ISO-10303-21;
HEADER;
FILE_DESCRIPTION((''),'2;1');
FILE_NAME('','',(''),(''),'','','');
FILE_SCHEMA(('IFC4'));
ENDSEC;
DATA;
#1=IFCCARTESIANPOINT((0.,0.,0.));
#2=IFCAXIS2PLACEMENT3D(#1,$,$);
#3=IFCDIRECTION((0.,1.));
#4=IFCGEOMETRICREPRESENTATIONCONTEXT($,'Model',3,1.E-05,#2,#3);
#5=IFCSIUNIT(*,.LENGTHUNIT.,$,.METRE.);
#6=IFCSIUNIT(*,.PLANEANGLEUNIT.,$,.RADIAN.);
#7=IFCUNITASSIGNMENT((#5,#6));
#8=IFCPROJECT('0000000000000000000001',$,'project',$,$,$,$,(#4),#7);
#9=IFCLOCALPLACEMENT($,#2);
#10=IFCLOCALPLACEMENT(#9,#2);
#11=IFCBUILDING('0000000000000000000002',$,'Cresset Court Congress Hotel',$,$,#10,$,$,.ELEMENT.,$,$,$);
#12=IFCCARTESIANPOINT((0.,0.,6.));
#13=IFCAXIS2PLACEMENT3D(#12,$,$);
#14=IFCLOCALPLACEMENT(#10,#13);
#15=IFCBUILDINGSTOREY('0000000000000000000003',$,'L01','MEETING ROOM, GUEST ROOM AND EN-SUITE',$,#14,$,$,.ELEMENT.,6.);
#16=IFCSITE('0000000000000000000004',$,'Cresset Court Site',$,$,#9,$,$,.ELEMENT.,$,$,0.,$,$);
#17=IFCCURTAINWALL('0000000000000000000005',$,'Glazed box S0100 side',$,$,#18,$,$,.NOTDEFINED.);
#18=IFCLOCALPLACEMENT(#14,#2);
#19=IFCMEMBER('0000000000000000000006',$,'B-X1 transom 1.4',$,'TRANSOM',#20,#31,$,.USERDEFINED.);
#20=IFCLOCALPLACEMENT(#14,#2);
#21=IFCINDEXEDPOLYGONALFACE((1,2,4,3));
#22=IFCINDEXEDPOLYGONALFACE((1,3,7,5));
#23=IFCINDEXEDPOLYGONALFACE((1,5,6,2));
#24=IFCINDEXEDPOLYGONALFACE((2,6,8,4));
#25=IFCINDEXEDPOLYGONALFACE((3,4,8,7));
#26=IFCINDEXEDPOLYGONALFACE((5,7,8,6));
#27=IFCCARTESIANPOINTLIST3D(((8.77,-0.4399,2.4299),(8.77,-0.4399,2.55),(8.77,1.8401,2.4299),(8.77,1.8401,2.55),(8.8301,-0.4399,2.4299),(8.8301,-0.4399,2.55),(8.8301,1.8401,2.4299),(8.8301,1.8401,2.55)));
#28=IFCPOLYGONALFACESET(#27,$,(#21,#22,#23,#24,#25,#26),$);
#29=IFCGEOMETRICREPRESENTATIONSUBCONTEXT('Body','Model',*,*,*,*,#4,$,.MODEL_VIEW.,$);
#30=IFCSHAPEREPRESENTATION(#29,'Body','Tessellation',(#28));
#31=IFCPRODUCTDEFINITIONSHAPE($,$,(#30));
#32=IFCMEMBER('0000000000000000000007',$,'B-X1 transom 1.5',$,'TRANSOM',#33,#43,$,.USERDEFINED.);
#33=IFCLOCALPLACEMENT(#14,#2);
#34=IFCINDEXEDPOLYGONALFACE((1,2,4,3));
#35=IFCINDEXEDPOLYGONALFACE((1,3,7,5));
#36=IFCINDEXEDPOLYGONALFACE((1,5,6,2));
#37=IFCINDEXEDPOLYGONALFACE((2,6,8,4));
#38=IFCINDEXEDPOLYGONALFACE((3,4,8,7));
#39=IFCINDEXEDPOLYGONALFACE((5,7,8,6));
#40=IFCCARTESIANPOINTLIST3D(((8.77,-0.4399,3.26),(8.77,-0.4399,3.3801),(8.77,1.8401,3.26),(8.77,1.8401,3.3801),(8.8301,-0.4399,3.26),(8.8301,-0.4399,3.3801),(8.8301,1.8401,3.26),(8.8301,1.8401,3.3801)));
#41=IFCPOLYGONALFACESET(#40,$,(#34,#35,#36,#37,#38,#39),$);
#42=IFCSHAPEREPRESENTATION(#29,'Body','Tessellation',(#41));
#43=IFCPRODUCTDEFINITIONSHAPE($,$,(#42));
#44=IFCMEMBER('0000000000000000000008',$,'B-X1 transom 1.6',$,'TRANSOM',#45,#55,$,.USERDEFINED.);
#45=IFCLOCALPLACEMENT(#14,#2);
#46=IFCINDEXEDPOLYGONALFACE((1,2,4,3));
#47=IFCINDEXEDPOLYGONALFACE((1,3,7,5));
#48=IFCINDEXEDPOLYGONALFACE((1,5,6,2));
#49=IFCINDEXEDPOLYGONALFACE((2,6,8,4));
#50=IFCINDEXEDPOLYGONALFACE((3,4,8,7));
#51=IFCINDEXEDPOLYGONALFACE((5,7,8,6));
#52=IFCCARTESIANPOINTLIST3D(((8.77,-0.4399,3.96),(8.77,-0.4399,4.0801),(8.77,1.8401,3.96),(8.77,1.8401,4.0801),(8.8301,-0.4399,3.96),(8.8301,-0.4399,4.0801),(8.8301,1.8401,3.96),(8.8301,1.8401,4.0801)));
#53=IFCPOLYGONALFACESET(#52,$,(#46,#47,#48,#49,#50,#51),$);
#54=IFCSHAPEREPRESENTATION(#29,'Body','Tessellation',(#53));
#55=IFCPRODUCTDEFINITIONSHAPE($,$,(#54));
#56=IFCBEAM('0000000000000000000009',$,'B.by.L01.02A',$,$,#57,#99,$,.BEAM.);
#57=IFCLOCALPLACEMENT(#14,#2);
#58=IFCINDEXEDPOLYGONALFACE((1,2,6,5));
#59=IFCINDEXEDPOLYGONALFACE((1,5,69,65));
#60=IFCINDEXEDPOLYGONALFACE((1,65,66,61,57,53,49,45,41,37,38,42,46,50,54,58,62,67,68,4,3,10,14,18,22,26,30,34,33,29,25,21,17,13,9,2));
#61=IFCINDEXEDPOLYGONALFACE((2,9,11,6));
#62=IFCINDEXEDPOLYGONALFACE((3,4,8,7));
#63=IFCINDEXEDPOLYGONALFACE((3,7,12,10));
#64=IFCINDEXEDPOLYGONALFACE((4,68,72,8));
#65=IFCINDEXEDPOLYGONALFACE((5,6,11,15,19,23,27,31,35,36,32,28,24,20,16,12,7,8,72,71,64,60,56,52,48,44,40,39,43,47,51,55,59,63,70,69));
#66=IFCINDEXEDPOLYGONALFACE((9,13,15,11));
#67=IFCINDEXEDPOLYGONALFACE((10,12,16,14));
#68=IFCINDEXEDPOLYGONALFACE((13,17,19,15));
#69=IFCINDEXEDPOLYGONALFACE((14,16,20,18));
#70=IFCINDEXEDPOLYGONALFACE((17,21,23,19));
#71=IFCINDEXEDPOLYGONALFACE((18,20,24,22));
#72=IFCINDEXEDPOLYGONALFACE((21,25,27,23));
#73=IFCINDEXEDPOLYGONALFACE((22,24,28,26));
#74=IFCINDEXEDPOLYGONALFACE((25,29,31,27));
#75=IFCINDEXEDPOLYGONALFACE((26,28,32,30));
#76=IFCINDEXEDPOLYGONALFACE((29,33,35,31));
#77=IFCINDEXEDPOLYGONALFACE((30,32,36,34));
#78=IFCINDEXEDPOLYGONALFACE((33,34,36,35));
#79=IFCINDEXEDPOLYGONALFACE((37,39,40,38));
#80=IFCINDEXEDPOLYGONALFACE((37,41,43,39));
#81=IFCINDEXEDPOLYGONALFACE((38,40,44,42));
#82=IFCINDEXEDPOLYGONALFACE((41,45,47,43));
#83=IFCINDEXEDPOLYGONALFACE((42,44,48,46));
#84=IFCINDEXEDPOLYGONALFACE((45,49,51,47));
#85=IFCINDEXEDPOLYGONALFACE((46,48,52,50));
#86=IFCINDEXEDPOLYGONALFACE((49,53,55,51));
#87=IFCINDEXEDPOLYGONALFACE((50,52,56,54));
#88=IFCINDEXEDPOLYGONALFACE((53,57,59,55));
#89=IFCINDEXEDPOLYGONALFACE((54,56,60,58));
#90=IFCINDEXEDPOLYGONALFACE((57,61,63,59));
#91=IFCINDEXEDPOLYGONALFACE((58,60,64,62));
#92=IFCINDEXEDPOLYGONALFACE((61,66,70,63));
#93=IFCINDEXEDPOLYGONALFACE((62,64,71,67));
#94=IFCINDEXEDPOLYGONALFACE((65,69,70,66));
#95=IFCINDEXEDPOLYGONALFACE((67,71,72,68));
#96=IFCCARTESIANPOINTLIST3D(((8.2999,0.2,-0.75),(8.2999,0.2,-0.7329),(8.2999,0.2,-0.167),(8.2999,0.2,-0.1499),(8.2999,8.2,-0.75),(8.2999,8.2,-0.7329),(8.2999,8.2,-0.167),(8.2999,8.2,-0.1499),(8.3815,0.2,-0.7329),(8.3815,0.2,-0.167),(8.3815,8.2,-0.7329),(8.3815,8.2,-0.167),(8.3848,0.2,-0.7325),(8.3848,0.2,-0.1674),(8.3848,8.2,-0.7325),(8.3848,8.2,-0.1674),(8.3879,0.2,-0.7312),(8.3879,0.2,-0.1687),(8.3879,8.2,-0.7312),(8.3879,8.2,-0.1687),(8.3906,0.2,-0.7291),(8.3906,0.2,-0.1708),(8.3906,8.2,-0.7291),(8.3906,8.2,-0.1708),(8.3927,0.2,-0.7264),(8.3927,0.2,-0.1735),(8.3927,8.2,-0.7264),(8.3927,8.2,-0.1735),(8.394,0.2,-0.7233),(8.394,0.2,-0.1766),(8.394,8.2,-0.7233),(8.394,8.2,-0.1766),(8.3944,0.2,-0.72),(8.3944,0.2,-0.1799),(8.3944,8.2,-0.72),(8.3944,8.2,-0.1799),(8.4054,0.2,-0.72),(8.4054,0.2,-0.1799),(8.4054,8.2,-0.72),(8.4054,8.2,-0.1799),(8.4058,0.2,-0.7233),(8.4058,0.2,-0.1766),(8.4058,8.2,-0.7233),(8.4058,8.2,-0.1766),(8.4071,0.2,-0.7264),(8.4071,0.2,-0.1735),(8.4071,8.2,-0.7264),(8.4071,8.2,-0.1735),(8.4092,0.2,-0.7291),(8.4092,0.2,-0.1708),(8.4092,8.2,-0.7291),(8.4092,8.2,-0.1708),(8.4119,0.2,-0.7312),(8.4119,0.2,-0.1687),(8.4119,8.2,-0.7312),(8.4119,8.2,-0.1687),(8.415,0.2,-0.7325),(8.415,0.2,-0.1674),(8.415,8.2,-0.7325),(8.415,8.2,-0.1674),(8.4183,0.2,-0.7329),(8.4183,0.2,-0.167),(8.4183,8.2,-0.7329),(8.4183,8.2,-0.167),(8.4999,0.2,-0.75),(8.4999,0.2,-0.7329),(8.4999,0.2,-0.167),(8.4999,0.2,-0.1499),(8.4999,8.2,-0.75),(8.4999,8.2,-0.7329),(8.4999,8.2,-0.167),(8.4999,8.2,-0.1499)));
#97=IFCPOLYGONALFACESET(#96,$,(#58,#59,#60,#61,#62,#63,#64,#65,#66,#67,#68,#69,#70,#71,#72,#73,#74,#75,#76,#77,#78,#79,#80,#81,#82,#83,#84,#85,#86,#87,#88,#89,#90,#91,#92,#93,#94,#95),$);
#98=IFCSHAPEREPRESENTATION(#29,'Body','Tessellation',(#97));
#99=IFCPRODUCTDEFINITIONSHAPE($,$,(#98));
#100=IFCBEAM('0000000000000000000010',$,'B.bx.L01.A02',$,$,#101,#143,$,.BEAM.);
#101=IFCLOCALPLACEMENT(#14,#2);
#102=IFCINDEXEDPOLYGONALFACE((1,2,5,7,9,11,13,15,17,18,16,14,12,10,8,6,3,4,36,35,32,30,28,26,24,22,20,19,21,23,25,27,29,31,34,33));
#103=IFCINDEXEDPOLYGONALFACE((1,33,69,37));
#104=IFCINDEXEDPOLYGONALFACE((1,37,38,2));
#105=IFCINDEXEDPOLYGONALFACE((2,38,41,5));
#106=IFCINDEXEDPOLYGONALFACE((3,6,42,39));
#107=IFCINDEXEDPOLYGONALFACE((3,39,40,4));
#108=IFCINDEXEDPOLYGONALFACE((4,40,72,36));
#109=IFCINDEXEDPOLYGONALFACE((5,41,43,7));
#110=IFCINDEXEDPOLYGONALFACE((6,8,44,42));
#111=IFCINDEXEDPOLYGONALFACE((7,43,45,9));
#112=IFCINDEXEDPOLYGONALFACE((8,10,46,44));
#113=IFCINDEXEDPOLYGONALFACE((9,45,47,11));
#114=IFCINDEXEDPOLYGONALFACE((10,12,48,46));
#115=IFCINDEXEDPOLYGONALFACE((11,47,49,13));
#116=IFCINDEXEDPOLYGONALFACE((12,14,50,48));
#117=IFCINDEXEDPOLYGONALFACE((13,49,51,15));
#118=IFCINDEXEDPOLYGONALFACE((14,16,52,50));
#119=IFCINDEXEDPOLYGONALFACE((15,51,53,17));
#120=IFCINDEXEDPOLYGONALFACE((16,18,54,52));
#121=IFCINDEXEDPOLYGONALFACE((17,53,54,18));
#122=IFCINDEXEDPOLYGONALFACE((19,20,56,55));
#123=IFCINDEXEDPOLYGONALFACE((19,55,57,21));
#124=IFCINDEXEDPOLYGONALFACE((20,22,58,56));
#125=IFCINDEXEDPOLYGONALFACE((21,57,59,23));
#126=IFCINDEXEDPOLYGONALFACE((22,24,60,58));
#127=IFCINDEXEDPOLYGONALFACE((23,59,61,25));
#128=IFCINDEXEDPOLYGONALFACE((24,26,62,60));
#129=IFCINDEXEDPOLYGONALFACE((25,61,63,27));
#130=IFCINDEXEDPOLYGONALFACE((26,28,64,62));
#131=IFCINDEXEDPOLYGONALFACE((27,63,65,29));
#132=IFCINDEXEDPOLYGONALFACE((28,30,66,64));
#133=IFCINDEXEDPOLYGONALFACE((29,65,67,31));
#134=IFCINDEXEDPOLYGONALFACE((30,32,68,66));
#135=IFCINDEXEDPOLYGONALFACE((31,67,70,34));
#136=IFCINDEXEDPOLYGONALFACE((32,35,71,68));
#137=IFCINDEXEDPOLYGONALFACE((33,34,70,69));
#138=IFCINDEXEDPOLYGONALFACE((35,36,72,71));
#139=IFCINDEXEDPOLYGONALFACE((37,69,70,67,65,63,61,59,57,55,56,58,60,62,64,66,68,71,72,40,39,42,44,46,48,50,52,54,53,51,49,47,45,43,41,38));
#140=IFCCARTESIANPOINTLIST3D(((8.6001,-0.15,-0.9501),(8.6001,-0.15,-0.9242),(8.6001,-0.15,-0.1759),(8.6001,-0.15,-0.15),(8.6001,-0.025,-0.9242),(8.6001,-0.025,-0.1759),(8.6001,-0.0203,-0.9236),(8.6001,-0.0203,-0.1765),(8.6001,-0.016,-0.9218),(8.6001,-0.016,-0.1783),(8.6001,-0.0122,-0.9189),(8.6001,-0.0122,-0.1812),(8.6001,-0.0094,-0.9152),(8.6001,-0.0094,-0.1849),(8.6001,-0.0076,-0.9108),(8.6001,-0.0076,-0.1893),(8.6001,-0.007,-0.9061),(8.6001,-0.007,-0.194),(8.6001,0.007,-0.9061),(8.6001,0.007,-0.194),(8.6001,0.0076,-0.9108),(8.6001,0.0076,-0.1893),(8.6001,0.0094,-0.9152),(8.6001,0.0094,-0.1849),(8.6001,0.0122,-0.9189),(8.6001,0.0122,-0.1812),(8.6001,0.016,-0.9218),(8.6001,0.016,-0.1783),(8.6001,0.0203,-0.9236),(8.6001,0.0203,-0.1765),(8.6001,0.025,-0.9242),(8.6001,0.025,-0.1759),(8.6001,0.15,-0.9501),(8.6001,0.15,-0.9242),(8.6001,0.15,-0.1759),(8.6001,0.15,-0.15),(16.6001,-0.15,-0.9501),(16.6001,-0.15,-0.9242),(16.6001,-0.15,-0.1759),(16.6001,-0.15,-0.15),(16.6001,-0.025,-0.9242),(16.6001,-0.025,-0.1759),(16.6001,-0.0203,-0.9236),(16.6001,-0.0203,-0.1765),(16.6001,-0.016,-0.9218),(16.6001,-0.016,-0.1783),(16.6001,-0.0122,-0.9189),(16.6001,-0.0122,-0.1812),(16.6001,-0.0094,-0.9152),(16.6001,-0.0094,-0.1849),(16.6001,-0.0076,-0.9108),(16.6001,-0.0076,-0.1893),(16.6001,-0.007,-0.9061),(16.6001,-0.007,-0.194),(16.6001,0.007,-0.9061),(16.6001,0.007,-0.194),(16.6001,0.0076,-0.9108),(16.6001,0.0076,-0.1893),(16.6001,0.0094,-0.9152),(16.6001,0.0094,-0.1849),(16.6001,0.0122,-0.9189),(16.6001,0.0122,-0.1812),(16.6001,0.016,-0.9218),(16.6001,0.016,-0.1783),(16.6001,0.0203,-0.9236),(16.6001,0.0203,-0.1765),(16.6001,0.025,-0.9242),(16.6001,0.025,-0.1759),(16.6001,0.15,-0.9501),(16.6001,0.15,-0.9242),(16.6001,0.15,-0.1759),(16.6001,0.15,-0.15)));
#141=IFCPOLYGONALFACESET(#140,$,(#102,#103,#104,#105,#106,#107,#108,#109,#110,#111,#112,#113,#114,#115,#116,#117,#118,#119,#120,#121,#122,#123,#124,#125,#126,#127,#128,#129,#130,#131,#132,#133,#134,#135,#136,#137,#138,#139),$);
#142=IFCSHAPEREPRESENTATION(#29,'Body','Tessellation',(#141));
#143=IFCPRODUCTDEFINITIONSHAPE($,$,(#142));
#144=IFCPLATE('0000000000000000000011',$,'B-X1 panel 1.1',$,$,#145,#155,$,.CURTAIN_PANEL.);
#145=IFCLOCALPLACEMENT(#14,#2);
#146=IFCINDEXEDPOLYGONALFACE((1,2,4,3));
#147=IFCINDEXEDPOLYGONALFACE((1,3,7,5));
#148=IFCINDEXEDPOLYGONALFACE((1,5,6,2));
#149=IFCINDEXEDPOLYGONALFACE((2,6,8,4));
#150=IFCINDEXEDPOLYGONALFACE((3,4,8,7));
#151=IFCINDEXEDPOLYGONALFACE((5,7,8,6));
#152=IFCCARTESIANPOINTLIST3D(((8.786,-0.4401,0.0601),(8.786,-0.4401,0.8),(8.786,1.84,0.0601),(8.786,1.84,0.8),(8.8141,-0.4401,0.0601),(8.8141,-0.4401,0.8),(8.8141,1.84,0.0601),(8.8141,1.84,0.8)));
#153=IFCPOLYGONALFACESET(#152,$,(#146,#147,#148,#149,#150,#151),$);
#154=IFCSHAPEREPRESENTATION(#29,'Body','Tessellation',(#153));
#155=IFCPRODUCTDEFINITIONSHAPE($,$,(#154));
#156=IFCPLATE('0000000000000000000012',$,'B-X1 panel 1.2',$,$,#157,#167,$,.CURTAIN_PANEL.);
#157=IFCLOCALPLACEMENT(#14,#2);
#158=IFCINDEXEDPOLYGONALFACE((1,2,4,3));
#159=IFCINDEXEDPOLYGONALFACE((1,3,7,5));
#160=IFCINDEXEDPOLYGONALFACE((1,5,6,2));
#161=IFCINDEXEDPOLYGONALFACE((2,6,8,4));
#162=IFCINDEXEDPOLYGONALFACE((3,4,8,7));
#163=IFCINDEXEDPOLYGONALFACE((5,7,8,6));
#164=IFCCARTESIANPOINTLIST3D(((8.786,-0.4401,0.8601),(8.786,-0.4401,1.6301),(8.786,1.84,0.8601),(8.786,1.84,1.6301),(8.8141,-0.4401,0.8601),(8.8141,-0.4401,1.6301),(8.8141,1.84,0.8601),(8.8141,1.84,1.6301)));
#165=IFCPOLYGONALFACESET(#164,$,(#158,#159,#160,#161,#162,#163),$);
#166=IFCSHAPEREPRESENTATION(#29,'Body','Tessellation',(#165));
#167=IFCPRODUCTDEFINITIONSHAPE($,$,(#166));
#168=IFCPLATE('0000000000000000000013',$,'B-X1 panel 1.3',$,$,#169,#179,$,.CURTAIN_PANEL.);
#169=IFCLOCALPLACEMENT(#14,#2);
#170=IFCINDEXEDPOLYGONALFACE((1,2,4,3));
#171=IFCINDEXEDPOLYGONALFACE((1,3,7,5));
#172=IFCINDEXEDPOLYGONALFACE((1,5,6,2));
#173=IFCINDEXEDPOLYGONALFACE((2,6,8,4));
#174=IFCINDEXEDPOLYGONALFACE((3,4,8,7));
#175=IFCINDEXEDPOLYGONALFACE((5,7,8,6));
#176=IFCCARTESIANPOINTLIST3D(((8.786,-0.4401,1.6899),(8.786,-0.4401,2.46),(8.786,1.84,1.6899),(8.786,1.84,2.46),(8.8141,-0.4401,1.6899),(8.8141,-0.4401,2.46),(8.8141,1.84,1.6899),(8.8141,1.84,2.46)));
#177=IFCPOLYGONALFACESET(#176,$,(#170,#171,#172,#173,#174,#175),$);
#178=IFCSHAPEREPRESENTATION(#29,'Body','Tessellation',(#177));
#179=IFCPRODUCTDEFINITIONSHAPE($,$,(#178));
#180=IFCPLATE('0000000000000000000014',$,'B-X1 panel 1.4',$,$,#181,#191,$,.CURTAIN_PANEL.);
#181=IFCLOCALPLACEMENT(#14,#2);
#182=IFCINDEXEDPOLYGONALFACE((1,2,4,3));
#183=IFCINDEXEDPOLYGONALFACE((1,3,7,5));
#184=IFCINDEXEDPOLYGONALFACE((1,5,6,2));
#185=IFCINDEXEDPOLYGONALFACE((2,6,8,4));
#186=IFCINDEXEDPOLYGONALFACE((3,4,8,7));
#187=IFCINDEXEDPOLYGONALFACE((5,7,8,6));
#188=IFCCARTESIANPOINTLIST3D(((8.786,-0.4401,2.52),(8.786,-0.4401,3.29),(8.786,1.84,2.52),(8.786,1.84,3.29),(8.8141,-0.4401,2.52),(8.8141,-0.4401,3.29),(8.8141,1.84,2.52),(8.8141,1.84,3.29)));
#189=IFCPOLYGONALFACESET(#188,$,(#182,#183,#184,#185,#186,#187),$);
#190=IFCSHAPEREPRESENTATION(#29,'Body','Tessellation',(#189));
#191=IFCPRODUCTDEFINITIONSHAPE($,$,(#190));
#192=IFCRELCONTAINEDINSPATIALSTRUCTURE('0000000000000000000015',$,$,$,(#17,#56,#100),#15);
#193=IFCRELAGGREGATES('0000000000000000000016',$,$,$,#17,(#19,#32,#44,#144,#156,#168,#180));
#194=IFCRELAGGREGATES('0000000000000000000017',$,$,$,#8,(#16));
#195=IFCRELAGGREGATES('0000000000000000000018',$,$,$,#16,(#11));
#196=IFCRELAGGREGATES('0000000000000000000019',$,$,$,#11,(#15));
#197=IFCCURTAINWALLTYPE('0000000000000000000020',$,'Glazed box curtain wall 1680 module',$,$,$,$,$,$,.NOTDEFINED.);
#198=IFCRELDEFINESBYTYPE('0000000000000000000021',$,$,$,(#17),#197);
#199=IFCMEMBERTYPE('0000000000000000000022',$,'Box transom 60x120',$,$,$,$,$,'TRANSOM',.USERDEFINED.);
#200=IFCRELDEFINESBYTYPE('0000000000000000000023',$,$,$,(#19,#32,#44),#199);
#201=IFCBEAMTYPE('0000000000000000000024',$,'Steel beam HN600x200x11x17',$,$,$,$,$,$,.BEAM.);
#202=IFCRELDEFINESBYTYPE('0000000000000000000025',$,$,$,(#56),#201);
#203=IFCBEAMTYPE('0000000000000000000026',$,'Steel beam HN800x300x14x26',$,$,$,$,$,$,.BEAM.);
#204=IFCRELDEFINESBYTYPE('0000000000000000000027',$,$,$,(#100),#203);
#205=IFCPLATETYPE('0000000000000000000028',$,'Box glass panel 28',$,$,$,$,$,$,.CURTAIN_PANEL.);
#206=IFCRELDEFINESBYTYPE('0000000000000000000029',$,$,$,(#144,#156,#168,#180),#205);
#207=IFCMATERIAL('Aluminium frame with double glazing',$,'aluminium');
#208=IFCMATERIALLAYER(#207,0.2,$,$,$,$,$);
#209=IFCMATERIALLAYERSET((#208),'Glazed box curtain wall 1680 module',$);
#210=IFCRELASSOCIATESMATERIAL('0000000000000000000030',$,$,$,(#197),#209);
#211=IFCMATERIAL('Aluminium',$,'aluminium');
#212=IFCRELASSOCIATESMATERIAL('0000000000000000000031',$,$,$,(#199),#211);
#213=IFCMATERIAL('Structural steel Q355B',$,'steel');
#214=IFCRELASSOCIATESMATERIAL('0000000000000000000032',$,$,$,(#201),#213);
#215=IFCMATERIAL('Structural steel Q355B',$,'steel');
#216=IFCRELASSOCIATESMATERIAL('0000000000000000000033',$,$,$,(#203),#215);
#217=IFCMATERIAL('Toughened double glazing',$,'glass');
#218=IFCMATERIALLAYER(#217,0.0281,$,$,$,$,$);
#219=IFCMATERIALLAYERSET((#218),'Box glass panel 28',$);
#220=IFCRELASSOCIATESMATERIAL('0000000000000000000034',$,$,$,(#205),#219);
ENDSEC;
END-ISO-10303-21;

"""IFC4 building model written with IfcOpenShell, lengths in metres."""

from ifc_helpers import new_model, si_unit, direction, frame, origin, origin_2d, place, context, subcontext, project, spatial, rectangle, i_section, extrude, material, layer, layer_set, material_profile, profile_set, type_object, element, aggregate, save


model = new_model("IFC4")

# Units and contexts
model_context = context("Model", 3, precision=1e-05, world=origin(), true_north=direction((0.0, 1.0)))
body_context = subcontext(model_context, "Body", "Model", "MODEL_VIEW")
ifc_project = project(units=[si_unit("LENGTHUNIT", "METRE"), si_unit("PLANEANGLEUNIT", "RADIAN")], contexts=[model_context])

# Site, building, storey
site_placement = place(None, origin())
site = spatial("IfcSite", under=ifc_project, at=site_placement, Name="Cresset Court Site", CompositionType="ELEMENT", RefElevation=0.0)
building_placement = place(site_placement, origin())
building = spatial("IfcBuilding", under=site, at=building_placement, Name="Cresset Court Congress Hotel", CompositionType="ELEMENT")
storey_placement = place(building_placement, frame((0.0, 0.0, 6.0)))
storey = spatial("IfcBuildingStorey", under=building, at=storey_placement, Name="L01", Description="MEETING ROOM, GUEST ROOM AND EN-SUITE", CompositionType="ELEMENT", Elevation=6.0)

# Shared definitions
ifc_material_1 = material(Name="Aluminium frame with double glazing", Category="aluminium")
ifc_layer_1 = layer(ifc_material_1, 0.2)
ifc_layer_set_1 = layer_set([ifc_layer_1], Name="Glazed box curtain wall 1680 module")
curtain_wall_type = type_object("IfcCurtainWallType", Name="Glazed box curtain wall 1680 module", PredefinedType="NOTDEFINED", material=ifc_layer_set_1)

# Curtain wall
curtain_wall_1_placement = place(storey_placement, origin())
curtain_wall_1 = element("IfcCurtainWall", 1, at=curtain_wall_1_placement, inside=storey, type_object=curtain_wall_type, Name="Glazed box S0100 side", PredefinedType="NOTDEFINED")

# Members
ifc_material_2 = material(Name="Aluminium", Category="aluminium")
ifc_material_profile_1 = material_profile(ifc_material_2, rectangle(XDim=0.0601, YDim=0.1201, at=origin_2d()), Name="Box transom 60x120")
ifc_profile_set_1 = profile_set([ifc_material_profile_1], Name="Aluminium")
member_type_1 = type_object("IfcMemberType", Name="Box transom 60x120", ElementType="TRANSOM", PredefinedType="USERDEFINED", material=ifc_profile_set_1)
member_1_placement = place(storey_placement, frame((8.8, -0.4399, 2.49), z_axis=(0.0, 1.0, 0.0), x_axis=(-1.0, 0.0, 0.0)))
member_1 = element("IfcMember", 2, at=member_1_placement, type_object=member_type_1, Name="B-X1 transom 1.4", ObjectType="TRANSOM", PredefinedType="USERDEFINED", context=body_context, shape_type="SweptSolid", body=[
    extrude(rectangle(XDim=0.0601, YDim=0.1201, at=origin_2d()), origin(), (0.0, 0.0, 1.0), 2.28),
])
member_2_placement = place(storey_placement, frame((8.8, -0.4399, 3.3201), z_axis=(0.0, 1.0, 0.0), x_axis=(-1.0, 0.0, 0.0)))
member_2 = element("IfcMember", 3, at=member_2_placement, type_object=member_type_1, Name="B-X1 transom 1.5", ObjectType="TRANSOM", PredefinedType="USERDEFINED", context=body_context, shape_type="SweptSolid", body=[
    extrude(rectangle(XDim=0.0601, YDim=0.1201, at=origin_2d()), origin(), (0.0, 0.0, 1.0), 2.28),
])
member_3_placement = place(storey_placement, frame((8.8, -0.4399, 4.02), z_axis=(0.0, 1.0, 0.0), x_axis=(-1.0, 0.0, 0.0)))
member_3 = element("IfcMember", 4, at=member_3_placement, type_object=member_type_1, Name="B-X1 transom 1.6", ObjectType="TRANSOM", PredefinedType="USERDEFINED", context=body_context, shape_type="SweptSolid", body=[
    extrude(rectangle(XDim=0.0601, YDim=0.1201, at=origin_2d()), origin(), (0.0, 0.0, 1.0), 2.28),
])

# Beams
ifc_material_3 = material(Name="Structural steel Q355B", Category="steel")
ifc_material_profile_2 = material_profile(ifc_material_3, i_section(OverallWidth=0.2, OverallDepth=0.6001, WebThickness=0.011, FlangeThickness=0.0171, FilletRadius=0.0129, at=origin_2d()), Name="HN600x200x11x17")
ifc_profile_set_2 = profile_set([ifc_material_profile_2], Name="Structural steel Q355B")
beam_type_1 = type_object("IfcBeamType", Name="Steel beam HN600x200x11x17", PredefinedType="BEAM", material=ifc_profile_set_2)
beam_1_placement = place(storey_placement, frame((8.3999, 0.2, -0.45), z_axis=(0.0, 1.0, 0.0), x_axis=(-1.0, 0.0, 0.0)))
element("IfcBeam", 5, at=beam_1_placement, inside=storey, type_object=beam_type_1, Name="B.by.L01.02A", PredefinedType="BEAM", context=body_context, shape_type="SweptSolid", body=[
    extrude(i_section(OverallWidth=0.2, OverallDepth=0.6001, WebThickness=0.011, FlangeThickness=0.0171, FilletRadius=0.0129, at=origin_2d()), origin(), (0.0, 0.0, 1.0), 8.0),
])
ifc_material_4 = material(Name="Structural steel Q355B", Category="steel")
ifc_material_profile_3 = material_profile(ifc_material_4, i_section(OverallWidth=0.3, OverallDepth=0.8, WebThickness=0.0139, FlangeThickness=0.0259, FilletRadius=0.0181, at=origin_2d()), Name="HN800x300x14x26")
ifc_profile_set_3 = profile_set([ifc_material_profile_3], Name="Structural steel Q355B")
beam_type_2 = type_object("IfcBeamType", Name="Steel beam HN800x300x14x26", PredefinedType="BEAM", material=ifc_profile_set_3)
beam_2_placement = place(storey_placement, frame((8.6001, 0.0, -0.55), z_axis=(1.0, 0.0, 0.0), x_axis=(0.0, 1.0, 0.0)))
element("IfcBeam", 6, at=beam_2_placement, inside=storey, type_object=beam_type_2, Name="B.bx.L01.A02", PredefinedType="BEAM", context=body_context, shape_type="SweptSolid", body=[
    extrude(i_section(OverallWidth=0.3, OverallDepth=0.8, WebThickness=0.0139, FlangeThickness=0.0259, FilletRadius=0.0181, at=origin_2d()), origin(), (0.0, 0.0, 1.0), 8.0),
])

# Plates
ifc_material_5 = material(Name="Toughened double glazing", Category="glass")
ifc_layer_2 = layer(ifc_material_5, 0.0281)
ifc_layer_set_2 = layer_set([ifc_layer_2], Name="Box glass panel 28")
plate_type_1 = type_object("IfcPlateType", Name="Box glass panel 28", PredefinedType="CURTAIN_PANEL", material=ifc_layer_set_2)
plate_1_placement = place(storey_placement, frame((8.8, 0.7, 0.0601), z_axis=(0.0, 0.0, 1.0), x_axis=(0.0, 1.0, 0.0)))
plate_1 = element("IfcPlate", 7, at=plate_1_placement, type_object=plate_type_1, Name="B-X1 panel 1.1", PredefinedType="CURTAIN_PANEL", context=body_context, shape_type="SweptSolid", body=[
    extrude(rectangle(XDim=2.28, YDim=0.0281, at=origin_2d()), origin(), (0.0, 0.0, 1.0), 0.74),
])
plate_2_placement = place(storey_placement, frame((8.8, 0.7, 0.8601), z_axis=(0.0, 0.0, 1.0), x_axis=(0.0, 1.0, 0.0)))
plate_2 = element("IfcPlate", 8, at=plate_2_placement, type_object=plate_type_1, Name="B-X1 panel 1.2", PredefinedType="CURTAIN_PANEL", context=body_context, shape_type="SweptSolid", body=[
    extrude(rectangle(XDim=2.28, YDim=0.0281, at=origin_2d()), origin(), (0.0, 0.0, 1.0), 0.77),
])
plate_3_placement = place(storey_placement, frame((8.8, 0.7, 1.6899), z_axis=(0.0, 0.0, 1.0), x_axis=(0.0, 1.0, 0.0)))
plate_3 = element("IfcPlate", 9, at=plate_3_placement, type_object=plate_type_1, Name="B-X1 panel 1.3", PredefinedType="CURTAIN_PANEL", context=body_context, shape_type="SweptSolid", body=[
    extrude(rectangle(XDim=2.28, YDim=0.0281, at=origin_2d()), origin(), (0.0, 0.0, 1.0), 0.77),
])
plate_4_placement = place(storey_placement, frame((8.8, 0.7, 2.52), z_axis=(0.0, 0.0, 1.0), x_axis=(0.0, 1.0, 0.0)))
plate_4 = element("IfcPlate", 10, at=plate_4_placement, type_object=plate_type_1, Name="B-X1 panel 1.4", PredefinedType="CURTAIN_PANEL", context=body_context, shape_type="SweptSolid", body=[
    extrude(rectangle(XDim=2.28, YDim=0.0281, at=origin_2d()), origin(), (0.0, 0.0, 1.0), 0.77),
])
aggregate(curtain_wall_1, [member_1, member_2, member_3, plate_1, plate_2, plate_3, plate_4])

save(model, "model.ifc")
